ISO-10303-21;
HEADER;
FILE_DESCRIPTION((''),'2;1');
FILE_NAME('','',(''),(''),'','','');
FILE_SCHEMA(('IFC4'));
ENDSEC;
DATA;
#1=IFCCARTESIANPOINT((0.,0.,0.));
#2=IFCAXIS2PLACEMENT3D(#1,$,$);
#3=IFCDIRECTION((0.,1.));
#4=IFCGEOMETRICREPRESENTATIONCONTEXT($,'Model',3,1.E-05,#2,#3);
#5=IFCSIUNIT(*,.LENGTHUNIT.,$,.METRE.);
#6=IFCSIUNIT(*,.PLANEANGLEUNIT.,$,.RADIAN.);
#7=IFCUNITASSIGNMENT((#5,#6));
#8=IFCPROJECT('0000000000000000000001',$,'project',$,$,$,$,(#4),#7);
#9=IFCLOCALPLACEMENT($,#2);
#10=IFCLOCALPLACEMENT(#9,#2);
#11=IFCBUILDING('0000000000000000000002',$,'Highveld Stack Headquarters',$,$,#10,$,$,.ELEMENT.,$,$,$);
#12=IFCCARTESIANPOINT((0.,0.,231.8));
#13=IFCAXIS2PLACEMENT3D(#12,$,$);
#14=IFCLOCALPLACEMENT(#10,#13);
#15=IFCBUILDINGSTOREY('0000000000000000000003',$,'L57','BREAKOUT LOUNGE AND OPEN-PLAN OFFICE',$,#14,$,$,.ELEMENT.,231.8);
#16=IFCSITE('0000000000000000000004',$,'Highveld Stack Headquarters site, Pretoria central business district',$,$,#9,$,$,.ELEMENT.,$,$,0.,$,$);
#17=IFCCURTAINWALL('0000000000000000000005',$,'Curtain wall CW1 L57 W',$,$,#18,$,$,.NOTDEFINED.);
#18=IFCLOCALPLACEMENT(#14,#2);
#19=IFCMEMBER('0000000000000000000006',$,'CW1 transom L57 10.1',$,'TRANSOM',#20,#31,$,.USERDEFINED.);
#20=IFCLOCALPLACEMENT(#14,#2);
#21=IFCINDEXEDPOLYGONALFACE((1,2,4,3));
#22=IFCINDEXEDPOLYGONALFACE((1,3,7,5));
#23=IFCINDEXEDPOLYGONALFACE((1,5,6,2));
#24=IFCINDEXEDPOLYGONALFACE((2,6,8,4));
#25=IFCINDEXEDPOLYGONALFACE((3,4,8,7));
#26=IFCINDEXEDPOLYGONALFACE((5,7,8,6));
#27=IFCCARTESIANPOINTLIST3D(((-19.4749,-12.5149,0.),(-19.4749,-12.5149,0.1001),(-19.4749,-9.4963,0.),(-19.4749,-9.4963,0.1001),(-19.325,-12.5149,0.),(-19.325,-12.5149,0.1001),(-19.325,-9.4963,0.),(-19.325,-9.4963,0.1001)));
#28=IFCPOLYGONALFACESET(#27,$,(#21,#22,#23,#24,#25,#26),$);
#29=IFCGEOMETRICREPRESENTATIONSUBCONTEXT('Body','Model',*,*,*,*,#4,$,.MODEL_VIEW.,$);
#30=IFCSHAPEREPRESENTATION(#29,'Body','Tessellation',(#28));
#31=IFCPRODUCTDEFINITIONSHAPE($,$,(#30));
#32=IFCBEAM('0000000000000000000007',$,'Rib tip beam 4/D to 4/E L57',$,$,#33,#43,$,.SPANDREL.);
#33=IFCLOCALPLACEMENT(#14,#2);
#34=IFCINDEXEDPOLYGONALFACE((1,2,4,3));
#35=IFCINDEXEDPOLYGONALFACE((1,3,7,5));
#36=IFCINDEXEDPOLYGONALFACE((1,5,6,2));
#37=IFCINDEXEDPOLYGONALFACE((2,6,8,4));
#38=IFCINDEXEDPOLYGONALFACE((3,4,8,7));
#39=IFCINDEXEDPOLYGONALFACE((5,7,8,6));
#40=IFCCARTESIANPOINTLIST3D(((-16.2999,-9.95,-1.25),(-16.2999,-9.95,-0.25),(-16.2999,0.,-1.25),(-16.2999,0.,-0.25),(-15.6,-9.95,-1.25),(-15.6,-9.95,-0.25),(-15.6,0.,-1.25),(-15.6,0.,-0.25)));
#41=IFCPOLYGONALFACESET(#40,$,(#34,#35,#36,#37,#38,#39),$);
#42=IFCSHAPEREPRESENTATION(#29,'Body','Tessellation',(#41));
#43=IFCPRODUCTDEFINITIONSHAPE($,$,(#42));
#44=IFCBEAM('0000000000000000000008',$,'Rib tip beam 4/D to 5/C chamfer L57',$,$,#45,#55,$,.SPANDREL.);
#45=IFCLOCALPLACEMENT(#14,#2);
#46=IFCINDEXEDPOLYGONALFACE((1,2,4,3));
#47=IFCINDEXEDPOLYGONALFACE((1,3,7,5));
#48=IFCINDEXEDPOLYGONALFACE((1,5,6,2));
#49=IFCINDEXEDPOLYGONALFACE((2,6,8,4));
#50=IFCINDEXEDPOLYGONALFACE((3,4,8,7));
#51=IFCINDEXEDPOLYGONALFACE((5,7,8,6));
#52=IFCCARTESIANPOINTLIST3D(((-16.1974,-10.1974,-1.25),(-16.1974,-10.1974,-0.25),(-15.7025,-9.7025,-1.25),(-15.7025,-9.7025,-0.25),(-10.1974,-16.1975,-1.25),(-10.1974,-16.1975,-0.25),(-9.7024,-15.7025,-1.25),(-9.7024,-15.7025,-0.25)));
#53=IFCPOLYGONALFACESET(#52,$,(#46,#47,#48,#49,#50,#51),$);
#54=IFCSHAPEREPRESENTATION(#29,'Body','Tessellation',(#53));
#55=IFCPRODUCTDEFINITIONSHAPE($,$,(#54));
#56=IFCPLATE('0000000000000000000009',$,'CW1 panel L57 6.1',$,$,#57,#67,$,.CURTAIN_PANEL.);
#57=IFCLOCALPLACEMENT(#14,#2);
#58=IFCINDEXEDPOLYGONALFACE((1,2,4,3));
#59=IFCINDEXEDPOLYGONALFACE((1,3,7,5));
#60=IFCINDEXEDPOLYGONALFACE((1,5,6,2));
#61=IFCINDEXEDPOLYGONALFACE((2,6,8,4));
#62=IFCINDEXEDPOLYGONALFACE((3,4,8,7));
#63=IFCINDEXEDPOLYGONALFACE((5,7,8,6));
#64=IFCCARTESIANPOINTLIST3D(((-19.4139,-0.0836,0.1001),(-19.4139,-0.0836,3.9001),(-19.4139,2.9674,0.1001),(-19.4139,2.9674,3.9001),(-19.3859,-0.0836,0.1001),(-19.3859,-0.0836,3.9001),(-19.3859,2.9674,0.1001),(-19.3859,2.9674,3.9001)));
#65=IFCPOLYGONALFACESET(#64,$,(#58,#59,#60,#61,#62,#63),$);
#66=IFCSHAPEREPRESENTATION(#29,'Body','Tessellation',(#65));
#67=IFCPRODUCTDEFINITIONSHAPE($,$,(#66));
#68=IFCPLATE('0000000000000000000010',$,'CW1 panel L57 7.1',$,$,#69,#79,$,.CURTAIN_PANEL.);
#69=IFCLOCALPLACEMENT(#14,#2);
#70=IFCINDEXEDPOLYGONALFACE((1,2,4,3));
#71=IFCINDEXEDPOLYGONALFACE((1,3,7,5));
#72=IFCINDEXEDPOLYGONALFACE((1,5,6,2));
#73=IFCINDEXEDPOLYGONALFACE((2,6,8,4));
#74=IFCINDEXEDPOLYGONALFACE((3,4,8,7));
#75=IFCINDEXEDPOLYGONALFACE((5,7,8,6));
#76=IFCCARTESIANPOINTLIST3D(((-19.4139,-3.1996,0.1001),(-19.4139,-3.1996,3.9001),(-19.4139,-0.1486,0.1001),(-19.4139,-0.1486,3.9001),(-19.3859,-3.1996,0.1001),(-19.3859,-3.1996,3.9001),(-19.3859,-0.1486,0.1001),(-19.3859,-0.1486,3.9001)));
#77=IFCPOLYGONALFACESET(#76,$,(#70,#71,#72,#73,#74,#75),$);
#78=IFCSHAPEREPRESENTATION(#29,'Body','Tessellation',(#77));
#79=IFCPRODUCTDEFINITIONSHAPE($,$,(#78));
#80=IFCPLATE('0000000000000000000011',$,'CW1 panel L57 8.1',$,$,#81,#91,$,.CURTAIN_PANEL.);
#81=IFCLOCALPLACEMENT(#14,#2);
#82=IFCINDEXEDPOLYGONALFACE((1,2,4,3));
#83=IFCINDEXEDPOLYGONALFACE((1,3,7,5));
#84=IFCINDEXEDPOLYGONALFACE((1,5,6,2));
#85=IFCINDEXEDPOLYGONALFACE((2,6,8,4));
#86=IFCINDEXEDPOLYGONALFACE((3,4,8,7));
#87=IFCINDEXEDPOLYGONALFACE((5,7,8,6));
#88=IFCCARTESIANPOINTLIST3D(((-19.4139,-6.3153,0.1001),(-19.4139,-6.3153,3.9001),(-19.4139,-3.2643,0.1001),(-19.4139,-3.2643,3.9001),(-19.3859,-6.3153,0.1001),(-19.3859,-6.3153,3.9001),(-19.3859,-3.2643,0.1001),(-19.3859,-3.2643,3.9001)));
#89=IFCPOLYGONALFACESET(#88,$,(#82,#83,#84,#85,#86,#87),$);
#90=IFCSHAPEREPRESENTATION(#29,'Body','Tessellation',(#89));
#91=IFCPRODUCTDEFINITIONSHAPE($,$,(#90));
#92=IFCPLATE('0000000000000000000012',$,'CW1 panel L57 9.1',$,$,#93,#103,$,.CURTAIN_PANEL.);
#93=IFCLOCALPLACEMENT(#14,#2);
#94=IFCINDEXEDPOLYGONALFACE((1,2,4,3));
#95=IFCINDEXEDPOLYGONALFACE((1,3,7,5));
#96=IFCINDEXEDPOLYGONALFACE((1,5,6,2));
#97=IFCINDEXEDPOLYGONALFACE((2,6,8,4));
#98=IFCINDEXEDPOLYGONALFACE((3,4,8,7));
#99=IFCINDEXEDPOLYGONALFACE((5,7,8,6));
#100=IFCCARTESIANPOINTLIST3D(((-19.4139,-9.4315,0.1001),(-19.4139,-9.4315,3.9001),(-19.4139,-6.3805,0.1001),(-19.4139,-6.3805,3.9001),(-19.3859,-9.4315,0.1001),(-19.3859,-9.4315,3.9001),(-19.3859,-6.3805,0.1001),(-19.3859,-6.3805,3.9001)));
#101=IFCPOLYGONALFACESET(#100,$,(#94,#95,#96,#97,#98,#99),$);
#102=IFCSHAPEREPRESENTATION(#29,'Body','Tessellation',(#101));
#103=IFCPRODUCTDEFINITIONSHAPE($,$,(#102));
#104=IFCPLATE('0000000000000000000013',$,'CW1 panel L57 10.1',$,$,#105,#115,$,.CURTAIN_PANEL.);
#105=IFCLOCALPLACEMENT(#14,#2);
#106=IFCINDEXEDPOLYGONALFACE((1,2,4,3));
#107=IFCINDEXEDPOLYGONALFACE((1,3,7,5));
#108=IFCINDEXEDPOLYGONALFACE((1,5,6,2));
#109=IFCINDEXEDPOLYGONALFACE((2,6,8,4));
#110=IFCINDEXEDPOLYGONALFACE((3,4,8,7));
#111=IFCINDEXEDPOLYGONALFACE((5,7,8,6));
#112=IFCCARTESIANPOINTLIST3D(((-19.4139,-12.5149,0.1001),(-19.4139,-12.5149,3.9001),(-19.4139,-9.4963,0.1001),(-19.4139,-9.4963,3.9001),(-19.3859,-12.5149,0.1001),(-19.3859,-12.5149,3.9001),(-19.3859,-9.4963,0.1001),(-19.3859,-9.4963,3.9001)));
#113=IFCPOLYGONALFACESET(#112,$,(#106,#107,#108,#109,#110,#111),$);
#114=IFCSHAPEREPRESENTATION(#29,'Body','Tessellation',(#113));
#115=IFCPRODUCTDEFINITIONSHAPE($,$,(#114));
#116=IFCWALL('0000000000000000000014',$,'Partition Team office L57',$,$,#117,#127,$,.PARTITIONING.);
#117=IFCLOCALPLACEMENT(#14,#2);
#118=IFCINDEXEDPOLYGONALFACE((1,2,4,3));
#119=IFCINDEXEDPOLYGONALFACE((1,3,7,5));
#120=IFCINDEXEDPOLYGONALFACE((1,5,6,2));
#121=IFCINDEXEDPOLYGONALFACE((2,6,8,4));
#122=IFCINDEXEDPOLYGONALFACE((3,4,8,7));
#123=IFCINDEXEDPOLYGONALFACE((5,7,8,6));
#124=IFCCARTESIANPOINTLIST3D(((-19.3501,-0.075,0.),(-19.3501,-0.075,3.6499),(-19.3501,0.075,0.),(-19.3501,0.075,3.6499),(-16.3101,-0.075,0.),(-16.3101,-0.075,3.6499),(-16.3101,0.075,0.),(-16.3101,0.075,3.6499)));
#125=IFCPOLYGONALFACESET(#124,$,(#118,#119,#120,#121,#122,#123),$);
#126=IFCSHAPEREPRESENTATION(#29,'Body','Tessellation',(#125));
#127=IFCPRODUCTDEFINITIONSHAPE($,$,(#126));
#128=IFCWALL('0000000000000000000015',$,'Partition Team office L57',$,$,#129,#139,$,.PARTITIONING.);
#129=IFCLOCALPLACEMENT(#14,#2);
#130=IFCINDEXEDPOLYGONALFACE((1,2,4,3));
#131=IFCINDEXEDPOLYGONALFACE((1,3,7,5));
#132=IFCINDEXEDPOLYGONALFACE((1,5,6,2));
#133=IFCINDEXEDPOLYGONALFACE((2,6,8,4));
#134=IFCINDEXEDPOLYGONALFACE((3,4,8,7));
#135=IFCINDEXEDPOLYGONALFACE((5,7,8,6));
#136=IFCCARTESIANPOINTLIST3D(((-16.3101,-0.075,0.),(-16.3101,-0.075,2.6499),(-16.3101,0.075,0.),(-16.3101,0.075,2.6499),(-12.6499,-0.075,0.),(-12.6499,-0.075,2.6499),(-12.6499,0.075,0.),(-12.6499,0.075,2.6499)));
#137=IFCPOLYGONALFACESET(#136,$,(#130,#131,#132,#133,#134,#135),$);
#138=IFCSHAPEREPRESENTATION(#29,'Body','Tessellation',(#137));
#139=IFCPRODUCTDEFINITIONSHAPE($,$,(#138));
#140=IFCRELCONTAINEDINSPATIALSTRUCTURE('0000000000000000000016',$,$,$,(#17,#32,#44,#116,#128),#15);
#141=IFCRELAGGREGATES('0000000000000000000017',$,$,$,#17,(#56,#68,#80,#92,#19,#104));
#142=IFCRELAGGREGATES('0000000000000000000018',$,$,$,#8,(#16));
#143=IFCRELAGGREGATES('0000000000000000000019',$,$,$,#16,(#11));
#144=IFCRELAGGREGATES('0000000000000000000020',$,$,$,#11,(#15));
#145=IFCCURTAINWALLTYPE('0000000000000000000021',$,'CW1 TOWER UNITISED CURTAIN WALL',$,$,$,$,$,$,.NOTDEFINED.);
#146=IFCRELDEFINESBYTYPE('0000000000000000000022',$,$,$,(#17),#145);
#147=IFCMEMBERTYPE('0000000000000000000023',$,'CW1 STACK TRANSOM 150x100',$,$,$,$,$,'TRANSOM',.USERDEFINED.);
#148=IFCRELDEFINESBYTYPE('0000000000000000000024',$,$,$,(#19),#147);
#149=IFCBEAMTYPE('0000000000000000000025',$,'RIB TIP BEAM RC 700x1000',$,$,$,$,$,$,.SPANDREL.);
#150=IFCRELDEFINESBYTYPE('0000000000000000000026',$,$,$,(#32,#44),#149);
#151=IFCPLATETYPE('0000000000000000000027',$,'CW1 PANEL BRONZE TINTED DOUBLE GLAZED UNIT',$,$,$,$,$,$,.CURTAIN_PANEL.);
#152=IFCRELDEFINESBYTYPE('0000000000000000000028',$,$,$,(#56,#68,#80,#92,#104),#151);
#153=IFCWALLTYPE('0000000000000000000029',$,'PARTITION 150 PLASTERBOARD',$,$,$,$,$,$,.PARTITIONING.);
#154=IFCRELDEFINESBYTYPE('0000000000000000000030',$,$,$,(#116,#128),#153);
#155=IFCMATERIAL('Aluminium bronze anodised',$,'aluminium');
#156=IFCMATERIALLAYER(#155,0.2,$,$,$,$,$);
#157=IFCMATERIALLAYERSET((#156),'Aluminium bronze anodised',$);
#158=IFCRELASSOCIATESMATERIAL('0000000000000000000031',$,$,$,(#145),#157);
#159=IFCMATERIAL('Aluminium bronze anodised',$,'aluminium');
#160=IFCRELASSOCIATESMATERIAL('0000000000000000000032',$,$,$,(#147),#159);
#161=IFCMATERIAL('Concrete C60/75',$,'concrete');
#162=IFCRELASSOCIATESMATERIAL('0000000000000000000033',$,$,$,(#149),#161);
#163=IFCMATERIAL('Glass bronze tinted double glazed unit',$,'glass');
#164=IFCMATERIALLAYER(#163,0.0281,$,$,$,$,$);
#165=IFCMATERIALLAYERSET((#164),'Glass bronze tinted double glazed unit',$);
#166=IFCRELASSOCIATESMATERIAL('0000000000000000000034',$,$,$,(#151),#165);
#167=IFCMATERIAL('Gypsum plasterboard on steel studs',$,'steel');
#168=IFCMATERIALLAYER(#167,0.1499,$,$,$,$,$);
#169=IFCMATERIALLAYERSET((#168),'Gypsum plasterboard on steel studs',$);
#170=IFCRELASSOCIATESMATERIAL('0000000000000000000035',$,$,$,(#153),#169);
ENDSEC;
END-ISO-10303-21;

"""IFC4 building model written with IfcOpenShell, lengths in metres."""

from ifc_helpers import new_model, si_unit, direction, frame, frame_2d, origin, origin_2d, place, context, subcontext, project, spatial, rectangle, extrude, material, layer, layer_set, material_profile, profile_set, type_object, element, aggregate, save


model = new_model("IFC4")

# Units and contexts
model_context = context("Model", 3, precision=1e-05, world=origin(), true_north=direction((0.0, 1.0)))
body_context = subcontext(model_context, "Body", "Model", "MODEL_VIEW")
ifc_project = project(units=[si_unit("LENGTHUNIT", "METRE"), si_unit("PLANEANGLEUNIT", "RADIAN")], contexts=[model_context])

# Site, building, storey
site_placement = place(None, origin())
site = spatial("IfcSite", under=ifc_project, at=site_placement, Name="Highveld Stack Headquarters site, Pretoria central business district", CompositionType="ELEMENT", RefElevation=0.0)
building_placement = place(site_placement, origin())
building = spatial("IfcBuilding", under=site, at=building_placement, Name="Highveld Stack Headquarters", CompositionType="ELEMENT")
storey_placement = place(building_placement, frame((0.0, 0.0, 231.8)))
storey = spatial("IfcBuildingStorey", under=building, at=storey_placement, Name="L57", Description="BREAKOUT LOUNGE AND OPEN-PLAN OFFICE", CompositionType="ELEMENT", Elevation=231.8)

# Curtain wall, member
ifc_material_1 = material(Name="Aluminium bronze anodised", Category="aluminium")
ifc_layer_1 = layer(ifc_material_1, 0.2)
ifc_layer_set_1 = layer_set([ifc_layer_1], Name="Aluminium bronze anodised")
curtain_wall_type = type_object("IfcCurtainWallType", Name="CW1 TOWER UNITISED CURTAIN WALL", PredefinedType="NOTDEFINED", material=ifc_layer_set_1)
curtain_wall_placement = place(storey_placement, origin())
curtain_wall = element("IfcCurtainWall", 1, at=curtain_wall_placement, inside=storey, type_object=curtain_wall_type, Name="Curtain wall CW1 L57 W", PredefinedType="NOTDEFINED")
ifc_material_2 = material(Name="Aluminium bronze anodised", Category="aluminium")
ifc_material_profile_1 = material_profile(ifc_material_2, rectangle(XDim=0.1499, YDim=0.1001, at=origin_2d()), Name="CW1 TRANSOM 150x100")
ifc_profile_set_1 = profile_set([ifc_material_profile_1], Name="Aluminium bronze anodised")
member_type_1 = type_object("IfcMemberType", Name="CW1 STACK TRANSOM 150x100", ElementType="TRANSOM", PredefinedType="USERDEFINED", material=ifc_profile_set_1)
member_1_placement = place(storey_placement, frame((-19.3999, -9.4963, 0.05), z_axis=(0.0, -1.0, 0.0), x_axis=(1.0, 0.0, 0.0)))
member_1 = element("IfcMember", 2, at=member_1_placement, type_object=member_type_1, Name="CW1 transom L57 10.1", ObjectType="TRANSOM", PredefinedType="USERDEFINED", context=body_context, shape_type="SweptSolid", body=[
    extrude(rectangle(XDim=0.1499, YDim=0.1001, at=origin_2d()), origin(), (0.0, 0.0, 1.0), 3.0186),
])

# Beams
ifc_material_3 = material(Name="Concrete C60/75", Category="concrete")
ifc_material_profile_2 = material_profile(ifc_material_3, rectangle(XDim=0.7, YDim=1.0, at=origin_2d()), Name="RC 700x1000")
ifc_profile_set_2 = profile_set([ifc_material_profile_2], Name="Concrete C60/75")
beam_type = type_object("IfcBeamType", Name="RIB TIP BEAM RC 700x1000", PredefinedType="SPANDREL", material=ifc_profile_set_2)
beam_1_placement = place(storey_placement, frame((-15.95, -9.95, -0.75), z_axis=(0.0, 1.0, 0.0), x_axis=(-1.0, 0.0, 0.0)))
element("IfcBeam", 3, at=beam_1_placement, inside=storey, type_object=beam_type, Name="Rib tip beam 4/D to 4/E L57", PredefinedType="SPANDREL", context=body_context, shape_type="SweptSolid", body=[
    extrude(rectangle(XDim=0.7, YDim=1.0, at=origin_2d()), origin(), (0.0, 0.0, 1.0), 9.95),
])
beam_2_placement = place(storey_placement, frame((-15.95, -9.95, -0.75), z_axis=(0.707107, -0.707107, 0.0), x_axis=(0.707107, 0.707107, 0.0)))
element("IfcBeam", 4, at=beam_2_placement, inside=storey, type_object=beam_type, Name="Rib tip beam 4/D to 5/C chamfer L57", PredefinedType="SPANDREL", context=body_context, shape_type="SweptSolid", body=[
    extrude(rectangle(XDim=0.7, YDim=1.0, at=origin_2d()), origin(), (0.0, 0.0, 1.0), 8.4854),
])

# Plates
ifc_material_4 = material(Name="Glass bronze tinted double glazed unit", Category="glass")
ifc_layer_2 = layer(ifc_material_4, 0.0281)
ifc_layer_set_2 = layer_set([ifc_layer_2], Name="Glass bronze tinted double glazed unit")
plate_type = type_object("IfcPlateType", Name="CW1 PANEL BRONZE TINTED DOUBLE GLAZED UNIT", PredefinedType="CURTAIN_PANEL", material=ifc_layer_set_2)
plate_1_placement = place(storey_placement, frame((-19.3999, 1.4419, 0.1001), z_axis=(0.0, 0.0, 1.0), x_axis=(0.0, -1.0, 0.0)))
plate_1 = element("IfcPlate", 5, at=plate_1_placement, type_object=plate_type, Name="CW1 panel L57 6.1", PredefinedType="CURTAIN_PANEL", context=body_context, shape_type="SweptSolid", body=[
    extrude(rectangle(XDim=3.051, YDim=0.0281, at=origin_2d()), origin(), (0.0, 0.0, 1.0), 3.8),
])
plate_2_placement = place(storey_placement, frame((-19.3999, -1.6741, 0.1001), z_axis=(0.0, 0.0, 1.0), x_axis=(0.0, -1.0, 0.0)))
plate_2 = element("IfcPlate", 6, at=plate_2_placement, type_object=plate_type, Name="CW1 panel L57 7.1", PredefinedType="CURTAIN_PANEL", context=body_context, shape_type="SweptSolid", body=[
    extrude(rectangle(XDim=3.051, YDim=0.0281, at=origin_2d()), origin(), (0.0, 0.0, 1.0), 3.8),
])
plate_3_placement = place(storey_placement, frame((-19.3999, -4.7898, 0.1001), z_axis=(0.0, 0.0, 1.0), x_axis=(0.0, -1.0, 0.0)))
plate_3 = element("IfcPlate", 7, at=plate_3_placement, type_object=plate_type, Name="CW1 panel L57 8.1", PredefinedType="CURTAIN_PANEL", context=body_context, shape_type="SweptSolid", body=[
    extrude(rectangle(XDim=3.051, YDim=0.0281, at=origin_2d()), origin(), (0.0, 0.0, 1.0), 3.8),
])
plate_4_placement = place(storey_placement, frame((-19.3999, -7.906, 0.1001), z_axis=(0.0, 0.0, 1.0), x_axis=(0.0, -1.0, 0.0)))
plate_4 = element("IfcPlate", 8, at=plate_4_placement, type_object=plate_type, Name="CW1 panel L57 9.1", PredefinedType="CURTAIN_PANEL", context=body_context, shape_type="SweptSolid", body=[
    extrude(rectangle(XDim=3.051, YDim=0.0281, at=origin_2d()), origin(), (0.0, 0.0, 1.0), 3.8),
])
plate_5_placement = place(storey_placement, frame((-19.3999, -11.0056, 0.1001), z_axis=(0.0, 0.0, 1.0), x_axis=(0.0, -1.0, 0.0)))
plate_5 = element("IfcPlate", 9, at=plate_5_placement, type_object=plate_type, Name="CW1 panel L57 10.1", PredefinedType="CURTAIN_PANEL", context=body_context, shape_type="SweptSolid", body=[
    extrude(rectangle(XDim=3.0186, YDim=0.0281, at=origin_2d()), origin(), (0.0, 0.0, 1.0), 3.8),
])
aggregate(curtain_wall, [plate_1, plate_2, plate_3, plate_4, member_1, plate_5])

# Walls
ifc_material_5 = material(Name="Gypsum plasterboard on steel studs", Category="steel")
ifc_layer_3 = layer(ifc_material_5, 0.1499)
ifc_layer_set_3 = layer_set([ifc_layer_3], Name="Gypsum plasterboard on steel studs")
wall_type = type_object("IfcWallType", Name="PARTITION 150 PLASTERBOARD", PredefinedType="PARTITIONING", material=ifc_layer_set_3)
wall_1_placement = place(storey_placement, frame((-19.3501, 0.0, 0.0), z_axis=(0.0, 0.0, 1.0), x_axis=(1.0, 0.0, 0.0)))
element("IfcWall", 10, at=wall_1_placement, inside=storey, type_object=wall_type, Name="Partition Team office L57", PredefinedType="PARTITIONING", context=body_context, shape_type="SweptSolid", body=[
    extrude(rectangle(XDim=3.04, YDim=0.1499, at=frame_2d((1.52, 0.0))), origin(), (0.0, 0.0, 1.0), 3.6499),
])
wall_2_placement = place(storey_placement, frame((-16.3101, 0.0, 0.0), z_axis=(0.0, 0.0, 1.0), x_axis=(1.0, 0.0, 0.0)))
element("IfcWall", 11, at=wall_2_placement, inside=storey, type_object=wall_type, Name="Partition Team office L57", PredefinedType="PARTITIONING", context=body_context, shape_type="SweptSolid", body=[
    extrude(rectangle(XDim=3.6602, YDim=0.1499, at=frame_2d((1.8301, 0.0))), origin(), (0.0, 0.0, 1.0), 2.6499),
])

save(model, "model.ifc")
